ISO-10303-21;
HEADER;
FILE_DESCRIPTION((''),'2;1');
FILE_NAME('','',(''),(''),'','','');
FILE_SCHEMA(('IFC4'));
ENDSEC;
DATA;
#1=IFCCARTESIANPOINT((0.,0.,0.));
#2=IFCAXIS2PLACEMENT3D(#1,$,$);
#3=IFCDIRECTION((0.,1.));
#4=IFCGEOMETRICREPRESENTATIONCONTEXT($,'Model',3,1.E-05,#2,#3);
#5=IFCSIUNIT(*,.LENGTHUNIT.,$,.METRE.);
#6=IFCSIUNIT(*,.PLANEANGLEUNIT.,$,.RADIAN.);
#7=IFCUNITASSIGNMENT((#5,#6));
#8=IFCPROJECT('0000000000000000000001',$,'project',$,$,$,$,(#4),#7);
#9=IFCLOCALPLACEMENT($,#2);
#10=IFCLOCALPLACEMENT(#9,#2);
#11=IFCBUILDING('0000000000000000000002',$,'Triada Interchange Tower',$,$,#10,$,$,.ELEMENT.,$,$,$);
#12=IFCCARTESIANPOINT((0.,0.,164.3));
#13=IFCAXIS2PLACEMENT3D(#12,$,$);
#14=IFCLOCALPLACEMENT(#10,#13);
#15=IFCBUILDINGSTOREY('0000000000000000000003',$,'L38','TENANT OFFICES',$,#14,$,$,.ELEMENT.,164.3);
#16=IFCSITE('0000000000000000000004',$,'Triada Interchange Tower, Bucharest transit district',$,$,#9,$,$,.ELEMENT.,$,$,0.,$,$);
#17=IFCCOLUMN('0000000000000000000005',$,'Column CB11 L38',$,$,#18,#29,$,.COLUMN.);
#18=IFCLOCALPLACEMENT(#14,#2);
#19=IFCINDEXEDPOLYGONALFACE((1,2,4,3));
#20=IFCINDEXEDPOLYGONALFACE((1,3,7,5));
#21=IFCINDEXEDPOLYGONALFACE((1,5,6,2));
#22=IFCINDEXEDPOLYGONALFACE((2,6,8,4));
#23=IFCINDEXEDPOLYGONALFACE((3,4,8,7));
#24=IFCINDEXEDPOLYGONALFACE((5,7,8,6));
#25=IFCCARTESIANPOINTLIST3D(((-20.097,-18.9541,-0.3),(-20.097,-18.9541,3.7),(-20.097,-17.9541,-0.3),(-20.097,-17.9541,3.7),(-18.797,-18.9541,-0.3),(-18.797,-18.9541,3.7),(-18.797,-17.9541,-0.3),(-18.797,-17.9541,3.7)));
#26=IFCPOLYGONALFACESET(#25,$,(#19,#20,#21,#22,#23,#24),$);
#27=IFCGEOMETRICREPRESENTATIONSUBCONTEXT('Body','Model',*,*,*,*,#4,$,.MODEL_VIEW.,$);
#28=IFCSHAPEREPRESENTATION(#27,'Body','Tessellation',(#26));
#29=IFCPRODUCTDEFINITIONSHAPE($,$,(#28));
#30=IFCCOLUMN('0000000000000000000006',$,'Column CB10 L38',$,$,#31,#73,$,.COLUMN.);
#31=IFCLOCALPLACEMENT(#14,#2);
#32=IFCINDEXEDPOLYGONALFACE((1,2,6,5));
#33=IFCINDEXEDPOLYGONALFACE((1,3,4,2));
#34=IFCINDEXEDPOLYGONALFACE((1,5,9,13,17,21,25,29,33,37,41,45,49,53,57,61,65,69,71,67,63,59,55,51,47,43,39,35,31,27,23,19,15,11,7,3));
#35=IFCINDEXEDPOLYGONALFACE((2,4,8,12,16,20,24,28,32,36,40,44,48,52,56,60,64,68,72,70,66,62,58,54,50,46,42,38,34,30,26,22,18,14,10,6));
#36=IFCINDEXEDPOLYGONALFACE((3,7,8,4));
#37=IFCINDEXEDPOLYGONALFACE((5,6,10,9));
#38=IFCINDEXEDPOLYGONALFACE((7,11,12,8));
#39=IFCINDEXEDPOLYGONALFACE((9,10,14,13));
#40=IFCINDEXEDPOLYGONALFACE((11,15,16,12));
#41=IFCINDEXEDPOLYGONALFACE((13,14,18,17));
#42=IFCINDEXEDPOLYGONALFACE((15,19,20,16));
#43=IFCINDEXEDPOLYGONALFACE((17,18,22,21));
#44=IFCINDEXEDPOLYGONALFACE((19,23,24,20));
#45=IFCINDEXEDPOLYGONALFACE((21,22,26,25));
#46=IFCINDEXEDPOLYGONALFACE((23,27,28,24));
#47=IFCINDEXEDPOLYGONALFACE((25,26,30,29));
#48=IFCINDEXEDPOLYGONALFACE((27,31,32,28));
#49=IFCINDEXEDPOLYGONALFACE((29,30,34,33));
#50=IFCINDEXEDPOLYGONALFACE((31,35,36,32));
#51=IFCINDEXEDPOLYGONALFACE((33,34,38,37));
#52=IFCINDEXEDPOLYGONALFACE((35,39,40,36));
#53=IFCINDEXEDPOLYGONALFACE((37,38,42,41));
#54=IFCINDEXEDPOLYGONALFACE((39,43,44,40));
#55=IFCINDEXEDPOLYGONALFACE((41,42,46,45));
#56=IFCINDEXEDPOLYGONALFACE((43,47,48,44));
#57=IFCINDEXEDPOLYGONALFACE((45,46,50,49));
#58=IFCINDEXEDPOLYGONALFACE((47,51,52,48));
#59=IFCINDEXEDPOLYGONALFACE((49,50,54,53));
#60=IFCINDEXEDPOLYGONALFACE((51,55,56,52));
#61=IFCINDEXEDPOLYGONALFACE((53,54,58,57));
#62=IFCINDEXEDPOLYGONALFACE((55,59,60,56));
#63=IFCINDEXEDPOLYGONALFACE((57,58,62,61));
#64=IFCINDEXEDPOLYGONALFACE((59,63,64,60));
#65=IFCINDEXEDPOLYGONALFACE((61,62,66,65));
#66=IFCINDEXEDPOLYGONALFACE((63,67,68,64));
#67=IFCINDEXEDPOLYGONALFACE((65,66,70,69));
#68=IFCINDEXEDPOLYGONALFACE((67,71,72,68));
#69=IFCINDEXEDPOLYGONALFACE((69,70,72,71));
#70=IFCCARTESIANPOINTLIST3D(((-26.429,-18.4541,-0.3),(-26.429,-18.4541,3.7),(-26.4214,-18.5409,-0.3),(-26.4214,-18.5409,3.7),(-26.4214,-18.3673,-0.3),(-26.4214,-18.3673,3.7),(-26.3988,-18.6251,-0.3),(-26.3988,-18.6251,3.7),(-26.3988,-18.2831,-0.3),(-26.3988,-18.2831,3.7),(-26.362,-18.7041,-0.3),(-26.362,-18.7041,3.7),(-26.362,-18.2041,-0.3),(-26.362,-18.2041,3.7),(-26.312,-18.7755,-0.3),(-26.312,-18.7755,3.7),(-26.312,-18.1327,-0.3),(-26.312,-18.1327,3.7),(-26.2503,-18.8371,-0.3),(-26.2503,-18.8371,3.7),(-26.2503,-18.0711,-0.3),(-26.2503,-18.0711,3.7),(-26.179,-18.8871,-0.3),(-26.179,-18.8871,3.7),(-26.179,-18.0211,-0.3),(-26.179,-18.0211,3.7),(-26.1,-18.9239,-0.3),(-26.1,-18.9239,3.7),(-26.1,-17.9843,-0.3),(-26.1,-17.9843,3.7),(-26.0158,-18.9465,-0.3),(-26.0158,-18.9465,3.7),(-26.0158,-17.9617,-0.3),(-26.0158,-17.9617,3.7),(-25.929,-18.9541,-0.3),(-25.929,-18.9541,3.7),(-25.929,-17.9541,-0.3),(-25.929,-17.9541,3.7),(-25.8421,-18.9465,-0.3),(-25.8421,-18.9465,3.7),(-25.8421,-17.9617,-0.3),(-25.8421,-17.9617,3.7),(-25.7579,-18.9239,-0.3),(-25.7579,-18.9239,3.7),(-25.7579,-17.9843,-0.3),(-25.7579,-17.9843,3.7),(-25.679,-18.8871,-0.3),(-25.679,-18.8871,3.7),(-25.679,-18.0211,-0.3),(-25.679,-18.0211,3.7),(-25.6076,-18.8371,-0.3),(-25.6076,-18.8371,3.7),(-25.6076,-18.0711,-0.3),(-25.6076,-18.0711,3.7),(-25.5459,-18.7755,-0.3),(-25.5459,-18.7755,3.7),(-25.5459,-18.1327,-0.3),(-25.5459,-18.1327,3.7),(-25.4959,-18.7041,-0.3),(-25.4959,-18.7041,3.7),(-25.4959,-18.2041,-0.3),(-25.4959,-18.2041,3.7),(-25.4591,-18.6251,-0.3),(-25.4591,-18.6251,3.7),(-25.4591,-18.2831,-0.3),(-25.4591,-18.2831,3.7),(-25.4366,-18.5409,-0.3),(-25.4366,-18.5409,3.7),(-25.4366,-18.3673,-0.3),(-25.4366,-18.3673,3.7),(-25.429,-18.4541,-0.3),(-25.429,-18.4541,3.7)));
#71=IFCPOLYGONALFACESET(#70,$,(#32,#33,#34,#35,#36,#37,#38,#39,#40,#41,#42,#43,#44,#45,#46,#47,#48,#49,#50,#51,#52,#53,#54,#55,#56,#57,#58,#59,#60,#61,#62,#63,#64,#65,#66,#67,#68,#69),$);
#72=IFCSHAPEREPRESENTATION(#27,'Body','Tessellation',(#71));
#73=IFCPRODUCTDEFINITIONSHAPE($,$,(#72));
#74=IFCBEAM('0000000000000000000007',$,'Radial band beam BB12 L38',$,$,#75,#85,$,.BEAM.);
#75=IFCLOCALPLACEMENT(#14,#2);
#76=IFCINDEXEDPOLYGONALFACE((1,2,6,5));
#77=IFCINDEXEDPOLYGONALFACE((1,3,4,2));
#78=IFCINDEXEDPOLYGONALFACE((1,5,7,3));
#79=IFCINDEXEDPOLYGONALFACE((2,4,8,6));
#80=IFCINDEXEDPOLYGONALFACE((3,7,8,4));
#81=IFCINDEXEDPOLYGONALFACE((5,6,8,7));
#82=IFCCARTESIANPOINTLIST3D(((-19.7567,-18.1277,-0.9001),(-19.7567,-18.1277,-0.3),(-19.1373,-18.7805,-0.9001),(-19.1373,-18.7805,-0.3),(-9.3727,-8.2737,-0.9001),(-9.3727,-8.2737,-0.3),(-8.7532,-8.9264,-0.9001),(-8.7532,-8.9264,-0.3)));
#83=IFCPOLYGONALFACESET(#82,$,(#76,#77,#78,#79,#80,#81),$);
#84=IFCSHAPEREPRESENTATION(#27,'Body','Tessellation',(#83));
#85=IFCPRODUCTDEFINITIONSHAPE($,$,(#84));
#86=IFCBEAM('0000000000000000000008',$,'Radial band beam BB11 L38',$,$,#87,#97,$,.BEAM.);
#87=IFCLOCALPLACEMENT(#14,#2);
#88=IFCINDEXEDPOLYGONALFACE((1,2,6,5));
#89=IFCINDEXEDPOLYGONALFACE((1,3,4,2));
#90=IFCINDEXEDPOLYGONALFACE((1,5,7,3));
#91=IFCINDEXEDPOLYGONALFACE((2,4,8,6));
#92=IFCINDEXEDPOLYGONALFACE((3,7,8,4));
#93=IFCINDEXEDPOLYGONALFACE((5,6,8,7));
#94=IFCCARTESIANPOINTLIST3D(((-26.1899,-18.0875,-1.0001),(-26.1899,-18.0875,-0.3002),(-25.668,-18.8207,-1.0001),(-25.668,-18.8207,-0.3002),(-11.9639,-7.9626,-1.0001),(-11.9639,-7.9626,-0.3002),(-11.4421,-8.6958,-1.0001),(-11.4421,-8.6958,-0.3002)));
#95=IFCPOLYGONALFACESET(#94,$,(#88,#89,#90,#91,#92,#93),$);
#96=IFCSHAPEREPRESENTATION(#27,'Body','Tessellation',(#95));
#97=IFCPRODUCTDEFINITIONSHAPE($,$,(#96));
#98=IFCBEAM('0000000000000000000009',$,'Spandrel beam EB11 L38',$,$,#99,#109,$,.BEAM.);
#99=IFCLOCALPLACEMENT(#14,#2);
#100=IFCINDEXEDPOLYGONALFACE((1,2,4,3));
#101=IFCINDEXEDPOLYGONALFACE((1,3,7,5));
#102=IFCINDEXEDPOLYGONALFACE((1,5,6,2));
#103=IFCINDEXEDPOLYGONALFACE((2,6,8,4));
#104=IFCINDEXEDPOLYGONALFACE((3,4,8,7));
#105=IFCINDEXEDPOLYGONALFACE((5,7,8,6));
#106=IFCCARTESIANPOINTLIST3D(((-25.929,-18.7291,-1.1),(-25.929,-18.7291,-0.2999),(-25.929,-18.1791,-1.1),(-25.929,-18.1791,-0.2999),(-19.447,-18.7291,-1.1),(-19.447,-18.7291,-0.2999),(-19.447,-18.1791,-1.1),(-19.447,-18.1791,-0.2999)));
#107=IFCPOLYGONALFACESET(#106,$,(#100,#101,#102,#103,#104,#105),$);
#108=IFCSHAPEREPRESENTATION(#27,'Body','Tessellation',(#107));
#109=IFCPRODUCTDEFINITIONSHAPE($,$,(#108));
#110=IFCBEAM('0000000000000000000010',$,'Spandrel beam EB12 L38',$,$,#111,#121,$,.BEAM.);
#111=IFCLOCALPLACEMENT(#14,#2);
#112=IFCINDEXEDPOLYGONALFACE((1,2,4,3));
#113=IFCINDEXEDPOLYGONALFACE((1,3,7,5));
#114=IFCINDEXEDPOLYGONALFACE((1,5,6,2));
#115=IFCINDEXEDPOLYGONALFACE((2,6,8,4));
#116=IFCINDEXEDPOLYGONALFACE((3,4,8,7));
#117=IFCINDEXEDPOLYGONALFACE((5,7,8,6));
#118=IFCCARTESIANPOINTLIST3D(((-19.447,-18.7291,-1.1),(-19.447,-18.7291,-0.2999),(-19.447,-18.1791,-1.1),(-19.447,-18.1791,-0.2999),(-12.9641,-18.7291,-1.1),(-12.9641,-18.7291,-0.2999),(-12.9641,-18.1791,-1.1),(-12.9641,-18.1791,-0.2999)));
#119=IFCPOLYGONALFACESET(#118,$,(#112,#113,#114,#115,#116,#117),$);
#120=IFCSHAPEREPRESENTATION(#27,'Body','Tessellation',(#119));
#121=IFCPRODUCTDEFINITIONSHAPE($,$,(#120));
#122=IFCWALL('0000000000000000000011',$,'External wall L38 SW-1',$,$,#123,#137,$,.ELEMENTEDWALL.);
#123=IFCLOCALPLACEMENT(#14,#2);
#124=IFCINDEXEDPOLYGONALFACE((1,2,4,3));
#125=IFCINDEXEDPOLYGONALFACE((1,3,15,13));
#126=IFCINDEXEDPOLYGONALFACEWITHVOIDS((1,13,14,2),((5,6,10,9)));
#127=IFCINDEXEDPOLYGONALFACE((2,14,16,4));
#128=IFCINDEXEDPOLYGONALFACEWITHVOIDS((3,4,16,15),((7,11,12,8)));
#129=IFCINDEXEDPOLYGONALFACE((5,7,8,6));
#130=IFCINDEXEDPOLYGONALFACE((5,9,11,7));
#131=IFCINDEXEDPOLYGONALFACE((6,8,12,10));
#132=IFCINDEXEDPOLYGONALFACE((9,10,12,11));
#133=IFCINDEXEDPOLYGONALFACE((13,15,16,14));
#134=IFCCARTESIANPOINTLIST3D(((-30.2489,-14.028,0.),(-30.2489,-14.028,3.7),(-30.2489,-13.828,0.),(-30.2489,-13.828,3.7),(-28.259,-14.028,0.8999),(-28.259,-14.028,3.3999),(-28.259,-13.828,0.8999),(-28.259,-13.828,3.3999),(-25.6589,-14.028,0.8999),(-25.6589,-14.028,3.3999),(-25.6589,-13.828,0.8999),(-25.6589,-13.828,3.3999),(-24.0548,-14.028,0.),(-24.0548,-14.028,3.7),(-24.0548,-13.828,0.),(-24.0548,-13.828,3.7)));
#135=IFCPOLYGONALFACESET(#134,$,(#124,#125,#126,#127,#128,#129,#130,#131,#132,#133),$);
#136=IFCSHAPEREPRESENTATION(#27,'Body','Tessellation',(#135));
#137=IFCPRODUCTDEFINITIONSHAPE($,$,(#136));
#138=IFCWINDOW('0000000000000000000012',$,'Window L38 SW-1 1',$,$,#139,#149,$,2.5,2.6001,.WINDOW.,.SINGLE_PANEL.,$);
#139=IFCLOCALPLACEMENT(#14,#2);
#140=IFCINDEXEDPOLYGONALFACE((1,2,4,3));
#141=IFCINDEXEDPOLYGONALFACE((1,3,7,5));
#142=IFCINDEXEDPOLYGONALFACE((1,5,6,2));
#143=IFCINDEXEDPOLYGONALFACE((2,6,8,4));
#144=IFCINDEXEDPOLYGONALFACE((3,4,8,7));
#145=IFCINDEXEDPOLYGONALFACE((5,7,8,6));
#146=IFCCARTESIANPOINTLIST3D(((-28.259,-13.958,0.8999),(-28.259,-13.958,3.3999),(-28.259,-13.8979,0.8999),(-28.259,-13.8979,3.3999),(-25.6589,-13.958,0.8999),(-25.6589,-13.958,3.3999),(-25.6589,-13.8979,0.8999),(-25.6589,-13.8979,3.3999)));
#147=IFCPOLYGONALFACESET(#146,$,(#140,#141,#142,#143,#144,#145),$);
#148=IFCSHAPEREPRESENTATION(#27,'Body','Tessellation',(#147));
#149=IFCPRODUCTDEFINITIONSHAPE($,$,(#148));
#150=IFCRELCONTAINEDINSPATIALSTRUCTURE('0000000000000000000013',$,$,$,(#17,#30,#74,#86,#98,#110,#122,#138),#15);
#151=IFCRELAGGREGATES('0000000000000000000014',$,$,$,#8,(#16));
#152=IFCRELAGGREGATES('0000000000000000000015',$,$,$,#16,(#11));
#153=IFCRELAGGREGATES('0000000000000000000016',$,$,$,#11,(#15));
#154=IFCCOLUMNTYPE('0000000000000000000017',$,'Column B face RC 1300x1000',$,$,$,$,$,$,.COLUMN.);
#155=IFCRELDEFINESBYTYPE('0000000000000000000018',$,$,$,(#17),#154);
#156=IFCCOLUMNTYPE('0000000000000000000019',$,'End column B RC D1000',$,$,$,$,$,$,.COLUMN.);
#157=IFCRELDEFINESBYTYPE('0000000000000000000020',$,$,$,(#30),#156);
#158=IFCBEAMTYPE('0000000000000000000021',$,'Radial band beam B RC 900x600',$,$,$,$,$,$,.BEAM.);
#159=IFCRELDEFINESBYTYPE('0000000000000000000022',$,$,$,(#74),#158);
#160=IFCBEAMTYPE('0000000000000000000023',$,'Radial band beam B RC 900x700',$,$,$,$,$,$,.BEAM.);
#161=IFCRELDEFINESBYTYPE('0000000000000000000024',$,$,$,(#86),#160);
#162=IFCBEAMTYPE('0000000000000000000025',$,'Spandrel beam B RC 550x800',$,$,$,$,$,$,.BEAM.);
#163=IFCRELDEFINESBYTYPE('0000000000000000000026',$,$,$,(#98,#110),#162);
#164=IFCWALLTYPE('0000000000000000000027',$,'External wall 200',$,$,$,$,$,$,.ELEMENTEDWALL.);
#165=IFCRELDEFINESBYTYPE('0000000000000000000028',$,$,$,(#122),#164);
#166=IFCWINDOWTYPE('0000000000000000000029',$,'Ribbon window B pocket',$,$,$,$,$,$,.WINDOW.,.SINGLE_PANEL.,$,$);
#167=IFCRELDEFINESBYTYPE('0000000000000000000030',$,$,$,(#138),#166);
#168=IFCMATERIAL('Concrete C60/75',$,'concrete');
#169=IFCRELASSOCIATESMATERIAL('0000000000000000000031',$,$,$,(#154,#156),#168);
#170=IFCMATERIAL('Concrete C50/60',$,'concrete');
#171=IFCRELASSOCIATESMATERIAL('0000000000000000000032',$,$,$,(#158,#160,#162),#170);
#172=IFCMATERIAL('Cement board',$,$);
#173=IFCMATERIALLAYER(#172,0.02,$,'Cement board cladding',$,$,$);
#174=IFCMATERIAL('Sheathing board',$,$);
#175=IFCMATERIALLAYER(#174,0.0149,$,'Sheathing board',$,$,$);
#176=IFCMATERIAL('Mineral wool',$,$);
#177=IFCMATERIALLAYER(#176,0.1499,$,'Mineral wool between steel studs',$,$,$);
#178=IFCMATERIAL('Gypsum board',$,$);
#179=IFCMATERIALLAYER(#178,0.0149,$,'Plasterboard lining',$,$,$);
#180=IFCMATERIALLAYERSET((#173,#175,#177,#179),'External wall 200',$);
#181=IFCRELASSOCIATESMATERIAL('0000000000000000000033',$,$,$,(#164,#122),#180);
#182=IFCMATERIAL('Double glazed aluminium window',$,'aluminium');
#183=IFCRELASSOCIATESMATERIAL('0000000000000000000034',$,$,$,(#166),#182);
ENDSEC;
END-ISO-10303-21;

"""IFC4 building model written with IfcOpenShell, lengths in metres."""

from ifc_helpers import new_model, si_unit, direction, frame, frame_2d, origin, origin_2d, place, context, subcontext, project, spatial, rectangle, circle, extrude, material, layer, layer_set, layer_usage, material_profile, profile_set, type_object, element, fill, save


model = new_model("IFC4")

# Units and contexts
model_context = context("Model", 3, precision=1e-05, world=origin(), true_north=direction((0.0, 1.0)))
body_context = subcontext(model_context, "Body", "Model", "MODEL_VIEW")
ifc_project = project(units=[si_unit("LENGTHUNIT", "METRE"), si_unit("PLANEANGLEUNIT", "RADIAN")], contexts=[model_context])

# Site, building, storey
site_placement = place(None, origin())
site = spatial("IfcSite", under=ifc_project, at=site_placement, Name="Triada Interchange Tower, Bucharest transit district", CompositionType="ELEMENT", RefElevation=0.0)
building_placement = place(site_placement, origin())
building = spatial("IfcBuilding", under=site, at=building_placement, Name="Triada Interchange Tower", CompositionType="ELEMENT")
storey_placement = place(building_placement, frame((0.0, 0.0, 164.3)))
storey = spatial("IfcBuildingStorey", under=building, at=storey_placement, Name="L38", Description="TENANT OFFICES", CompositionType="ELEMENT", Elevation=164.3)

# Columns
ifc_material_1 = material(Name="Concrete C60/75", Category="concrete")
ifc_material_profile_1 = material_profile(ifc_material_1, rectangle(XDim=1.3, YDim=1.0, at=origin_2d()), Name="RC 1300x1000")
ifc_profile_set_1 = profile_set([ifc_material_profile_1], Name="Concrete C60/75")
column_type_1 = type_object("IfcColumnType", Name="Column B face RC 1300x1000", PredefinedType="COLUMN", material=ifc_profile_set_1)
column_1_placement = place(storey_placement, frame((-19.447, -18.4541, -0.3), z_axis=(0.0, 0.0, 1.0), x_axis=(1.0, 0.0, 0.0)))
element("IfcColumn", 1, at=column_1_placement, inside=storey, type_object=column_type_1, Name="Column CB11 L38", PredefinedType="COLUMN", context=body_context, shape_type="SweptSolid", body=[
    extrude(rectangle(XDim=1.3, YDim=1.0, at=origin_2d()), origin(), (0.0, 0.0, 1.0), 4.0),
])
ifc_material_profile_2 = material_profile(ifc_material_1, circle(Radius=0.5, at=origin_2d()), Name="RC D1000")
ifc_profile_set_2 = profile_set([ifc_material_profile_2], Name="Concrete C60/75")
column_type_2 = type_object("IfcColumnType", Name="End column B RC D1000", PredefinedType="COLUMN", material=ifc_profile_set_2)
column_2_placement = place(storey_placement, frame((-25.929, -18.4541, -0.3), z_axis=(0.0, 0.0, 1.0), x_axis=(1.0, 0.0, 0.0)))
element("IfcColumn", 2, at=column_2_placement, inside=storey, type_object=column_type_2, Name="Column CB10 L38", PredefinedType="COLUMN", context=body_context, shape_type="SweptSolid", body=[
    extrude(circle(Radius=0.5, at=origin_2d()), origin(), (0.0, 0.0, 1.0), 4.0),
])

# Beams
ifc_material_2 = material(Name="Concrete C50/60", Category="concrete")
ifc_material_profile_3 = material_profile(ifc_material_2, rectangle(XDim=0.8999, YDim=0.6001, at=origin_2d()), Name="RC 900x600")
ifc_profile_set_3 = profile_set([ifc_material_profile_3], Name="Concrete C50/60")
beam_type_1 = type_object("IfcBeamType", Name="Radial band beam B RC 900x600", PredefinedType="BEAM", material=ifc_profile_set_3)
beam_1_placement = place(storey_placement, frame((-19.447, -18.4541, -0.6001), z_axis=(0.725377, 0.688352, 0.0), x_axis=(-0.688352, 0.725377, 0.0)))
element("IfcBeam", 3, at=beam_1_placement, inside=storey, type_object=beam_type_1, Name="Radial band beam BB12 L38", PredefinedType="BEAM", context=body_context, shape_type="SweptSolid", body=[
    extrude(rectangle(XDim=0.8999, YDim=0.6001, at=origin_2d()), origin(), (0.0, 0.0, 1.0), 14.3154),
])
ifc_material_profile_4 = material_profile(ifc_material_2, rectangle(XDim=0.8999, YDim=0.7, at=origin_2d()), Name="RC 900x700")
ifc_profile_set_4 = profile_set([ifc_material_profile_4], Name="Concrete C50/60")
beam_type_2 = type_object("IfcBeamType", Name="Radial band beam B RC 900x700", PredefinedType="BEAM", material=ifc_profile_set_4)
beam_2_placement = place(storey_placement, frame((-25.929, -18.4541, -0.6501), z_axis=(0.81472, 0.579854, 0.0), x_axis=(-0.579854, 0.81472, 0.0)))
element("IfcBeam", 4, at=beam_2_placement, inside=storey, type_object=beam_type_2, Name="Radial band beam BB11 L38", PredefinedType="BEAM", context=body_context, shape_type="SweptSolid", body=[
    extrude(rectangle(XDim=0.8999, YDim=0.7, at=origin_2d()), origin(), (0.0, 0.0, 1.0), 17.4612),
])
ifc_material_profile_5 = material_profile(ifc_material_2, rectangle(XDim=0.55, YDim=0.8, at=origin_2d()), Name="RC 550x800")
ifc_profile_set_5 = profile_set([ifc_material_profile_5], Name="Concrete C50/60")
beam_type_3 = type_object("IfcBeamType", Name="Spandrel beam B RC 550x800", PredefinedType="BEAM", material=ifc_profile_set_5)
beam_3_placement = place(storey_placement, frame((-25.929, -18.4541, -0.7), z_axis=(1.0, 0.0, 0.0), x_axis=(0.0, 1.0, 0.0)))
element("IfcBeam", 5, at=beam_3_placement, inside=storey, type_object=beam_type_3, Name="Spandrel beam EB11 L38", PredefinedType="BEAM", context=body_context, shape_type="SweptSolid", body=[
    extrude(rectangle(XDim=0.55, YDim=0.8, at=origin_2d()), origin(), (0.0, 0.0, 1.0), 6.4819),
])
beam_4_placement = place(storey_placement, frame((-19.447, -18.4541, -0.7), z_axis=(1.0, 0.0, 0.0), x_axis=(0.0, 1.0, 0.0)))
element("IfcBeam", 6, at=beam_4_placement, inside=storey, type_object=beam_type_3, Name="Spandrel beam EB12 L38", PredefinedType="BEAM", context=body_context, shape_type="SweptSolid", body=[
    extrude(rectangle(XDim=0.55, YDim=0.8, at=origin_2d()), origin(), (0.0, 0.0, 1.0), 6.4829),
])

# Wall, opening, window
ifc_material_3 = material(Name="Cement board")
ifc_layer_1 = layer(ifc_material_3, 0.02, Name="Cement board cladding")
ifc_material_4 = material(Name="Sheathing board")
ifc_layer_2 = layer(ifc_material_4, 0.0149, Name="Sheathing board")
ifc_material_5 = material(Name="Mineral wool")
ifc_layer_3 = layer(ifc_material_5, 0.1499, Name="Mineral wool between steel studs")
ifc_material_6 = material(Name="Gypsum board")
ifc_layer_4 = layer(ifc_material_6, 0.0149, Name="Plasterboard lining")
ifc_layer_set_1 = layer_set([ifc_layer_1, ifc_layer_2, ifc_layer_3, ifc_layer_4], Name="External wall 200")
ifc_layer_usage = layer_usage(ifc_layer_set_1, "AXIS2", "POSITIVE", -0.1001)
wall_type_1 = type_object("IfcWallType", Name="External wall 200", PredefinedType="ELEMENTEDWALL", material=ifc_layer_set_1)
wall_1_placement = place(storey_placement, frame((-30.249, -13.928, 0.0), z_axis=(0.0, 0.0, 1.0), x_axis=(1.0, 0.0, 0.0)))
wall_1 = element("IfcWall", 7, at=wall_1_placement, inside=storey, type_object=wall_type_1, material=ifc_layer_usage, Name="External wall L38 SW-1", PredefinedType="ELEMENTEDWALL", context=body_context, shape_type="SweptSolid", body=[
    extrude(rectangle(XDim=6.1941, YDim=0.2, at=frame_2d((3.0972, 0.0))), origin(), (0.0, 0.0, 1.0), 3.7),
])
opening_1_placement = place(wall_1_placement, frame((1.99, 0.0, 0.8999)))
opening_1 = element("IfcOpeningElement", 8, at=opening_1_placement, cuts=wall_1, PredefinedType="OPENING", context=body_context, shape_type="SweptSolid", body=[
    extrude(rectangle(XDim=2.6001, YDim=2.5, at=frame_2d((1.3, 1.25))), frame((0.0, 0.1099, 0.0), z_axis=(0.0, -1.0, 0.0), x_axis=(1.0, 0.0, 0.0)), (0.0, 0.0, 1.0), 0.22),
])
ifc_material_7 = material(Name="Double glazed aluminium window", Category="aluminium")
window_type_1 = type_object("IfcWindowType", Name="Ribbon window B pocket", PartitioningType="SINGLE_PANEL", PredefinedType="WINDOW", material=ifc_material_7)
window_1_placement = place(opening_1_placement, origin())
window_1 = element("IfcWindow", 9, at=window_1_placement, inside=storey, type_object=window_type_1, Name="Window L38 SW-1 1", OverallHeight=2.5, OverallWidth=2.6001, PartitioningType="SINGLE_PANEL", PredefinedType="WINDOW", context=body_context, shape_type="SweptSolid", body=[
    extrude(rectangle(XDim=2.6001, YDim=2.5, at=frame_2d((1.3, 1.25))), frame((0.0, 0.03, 0.0), z_axis=(0.0, -1.0, 0.0), x_axis=(1.0, 0.0, 0.0)), (0.0, 0.0, 1.0), 0.0601),
])
fill(opening_1, window_1)

save(model, "model.ifc")
